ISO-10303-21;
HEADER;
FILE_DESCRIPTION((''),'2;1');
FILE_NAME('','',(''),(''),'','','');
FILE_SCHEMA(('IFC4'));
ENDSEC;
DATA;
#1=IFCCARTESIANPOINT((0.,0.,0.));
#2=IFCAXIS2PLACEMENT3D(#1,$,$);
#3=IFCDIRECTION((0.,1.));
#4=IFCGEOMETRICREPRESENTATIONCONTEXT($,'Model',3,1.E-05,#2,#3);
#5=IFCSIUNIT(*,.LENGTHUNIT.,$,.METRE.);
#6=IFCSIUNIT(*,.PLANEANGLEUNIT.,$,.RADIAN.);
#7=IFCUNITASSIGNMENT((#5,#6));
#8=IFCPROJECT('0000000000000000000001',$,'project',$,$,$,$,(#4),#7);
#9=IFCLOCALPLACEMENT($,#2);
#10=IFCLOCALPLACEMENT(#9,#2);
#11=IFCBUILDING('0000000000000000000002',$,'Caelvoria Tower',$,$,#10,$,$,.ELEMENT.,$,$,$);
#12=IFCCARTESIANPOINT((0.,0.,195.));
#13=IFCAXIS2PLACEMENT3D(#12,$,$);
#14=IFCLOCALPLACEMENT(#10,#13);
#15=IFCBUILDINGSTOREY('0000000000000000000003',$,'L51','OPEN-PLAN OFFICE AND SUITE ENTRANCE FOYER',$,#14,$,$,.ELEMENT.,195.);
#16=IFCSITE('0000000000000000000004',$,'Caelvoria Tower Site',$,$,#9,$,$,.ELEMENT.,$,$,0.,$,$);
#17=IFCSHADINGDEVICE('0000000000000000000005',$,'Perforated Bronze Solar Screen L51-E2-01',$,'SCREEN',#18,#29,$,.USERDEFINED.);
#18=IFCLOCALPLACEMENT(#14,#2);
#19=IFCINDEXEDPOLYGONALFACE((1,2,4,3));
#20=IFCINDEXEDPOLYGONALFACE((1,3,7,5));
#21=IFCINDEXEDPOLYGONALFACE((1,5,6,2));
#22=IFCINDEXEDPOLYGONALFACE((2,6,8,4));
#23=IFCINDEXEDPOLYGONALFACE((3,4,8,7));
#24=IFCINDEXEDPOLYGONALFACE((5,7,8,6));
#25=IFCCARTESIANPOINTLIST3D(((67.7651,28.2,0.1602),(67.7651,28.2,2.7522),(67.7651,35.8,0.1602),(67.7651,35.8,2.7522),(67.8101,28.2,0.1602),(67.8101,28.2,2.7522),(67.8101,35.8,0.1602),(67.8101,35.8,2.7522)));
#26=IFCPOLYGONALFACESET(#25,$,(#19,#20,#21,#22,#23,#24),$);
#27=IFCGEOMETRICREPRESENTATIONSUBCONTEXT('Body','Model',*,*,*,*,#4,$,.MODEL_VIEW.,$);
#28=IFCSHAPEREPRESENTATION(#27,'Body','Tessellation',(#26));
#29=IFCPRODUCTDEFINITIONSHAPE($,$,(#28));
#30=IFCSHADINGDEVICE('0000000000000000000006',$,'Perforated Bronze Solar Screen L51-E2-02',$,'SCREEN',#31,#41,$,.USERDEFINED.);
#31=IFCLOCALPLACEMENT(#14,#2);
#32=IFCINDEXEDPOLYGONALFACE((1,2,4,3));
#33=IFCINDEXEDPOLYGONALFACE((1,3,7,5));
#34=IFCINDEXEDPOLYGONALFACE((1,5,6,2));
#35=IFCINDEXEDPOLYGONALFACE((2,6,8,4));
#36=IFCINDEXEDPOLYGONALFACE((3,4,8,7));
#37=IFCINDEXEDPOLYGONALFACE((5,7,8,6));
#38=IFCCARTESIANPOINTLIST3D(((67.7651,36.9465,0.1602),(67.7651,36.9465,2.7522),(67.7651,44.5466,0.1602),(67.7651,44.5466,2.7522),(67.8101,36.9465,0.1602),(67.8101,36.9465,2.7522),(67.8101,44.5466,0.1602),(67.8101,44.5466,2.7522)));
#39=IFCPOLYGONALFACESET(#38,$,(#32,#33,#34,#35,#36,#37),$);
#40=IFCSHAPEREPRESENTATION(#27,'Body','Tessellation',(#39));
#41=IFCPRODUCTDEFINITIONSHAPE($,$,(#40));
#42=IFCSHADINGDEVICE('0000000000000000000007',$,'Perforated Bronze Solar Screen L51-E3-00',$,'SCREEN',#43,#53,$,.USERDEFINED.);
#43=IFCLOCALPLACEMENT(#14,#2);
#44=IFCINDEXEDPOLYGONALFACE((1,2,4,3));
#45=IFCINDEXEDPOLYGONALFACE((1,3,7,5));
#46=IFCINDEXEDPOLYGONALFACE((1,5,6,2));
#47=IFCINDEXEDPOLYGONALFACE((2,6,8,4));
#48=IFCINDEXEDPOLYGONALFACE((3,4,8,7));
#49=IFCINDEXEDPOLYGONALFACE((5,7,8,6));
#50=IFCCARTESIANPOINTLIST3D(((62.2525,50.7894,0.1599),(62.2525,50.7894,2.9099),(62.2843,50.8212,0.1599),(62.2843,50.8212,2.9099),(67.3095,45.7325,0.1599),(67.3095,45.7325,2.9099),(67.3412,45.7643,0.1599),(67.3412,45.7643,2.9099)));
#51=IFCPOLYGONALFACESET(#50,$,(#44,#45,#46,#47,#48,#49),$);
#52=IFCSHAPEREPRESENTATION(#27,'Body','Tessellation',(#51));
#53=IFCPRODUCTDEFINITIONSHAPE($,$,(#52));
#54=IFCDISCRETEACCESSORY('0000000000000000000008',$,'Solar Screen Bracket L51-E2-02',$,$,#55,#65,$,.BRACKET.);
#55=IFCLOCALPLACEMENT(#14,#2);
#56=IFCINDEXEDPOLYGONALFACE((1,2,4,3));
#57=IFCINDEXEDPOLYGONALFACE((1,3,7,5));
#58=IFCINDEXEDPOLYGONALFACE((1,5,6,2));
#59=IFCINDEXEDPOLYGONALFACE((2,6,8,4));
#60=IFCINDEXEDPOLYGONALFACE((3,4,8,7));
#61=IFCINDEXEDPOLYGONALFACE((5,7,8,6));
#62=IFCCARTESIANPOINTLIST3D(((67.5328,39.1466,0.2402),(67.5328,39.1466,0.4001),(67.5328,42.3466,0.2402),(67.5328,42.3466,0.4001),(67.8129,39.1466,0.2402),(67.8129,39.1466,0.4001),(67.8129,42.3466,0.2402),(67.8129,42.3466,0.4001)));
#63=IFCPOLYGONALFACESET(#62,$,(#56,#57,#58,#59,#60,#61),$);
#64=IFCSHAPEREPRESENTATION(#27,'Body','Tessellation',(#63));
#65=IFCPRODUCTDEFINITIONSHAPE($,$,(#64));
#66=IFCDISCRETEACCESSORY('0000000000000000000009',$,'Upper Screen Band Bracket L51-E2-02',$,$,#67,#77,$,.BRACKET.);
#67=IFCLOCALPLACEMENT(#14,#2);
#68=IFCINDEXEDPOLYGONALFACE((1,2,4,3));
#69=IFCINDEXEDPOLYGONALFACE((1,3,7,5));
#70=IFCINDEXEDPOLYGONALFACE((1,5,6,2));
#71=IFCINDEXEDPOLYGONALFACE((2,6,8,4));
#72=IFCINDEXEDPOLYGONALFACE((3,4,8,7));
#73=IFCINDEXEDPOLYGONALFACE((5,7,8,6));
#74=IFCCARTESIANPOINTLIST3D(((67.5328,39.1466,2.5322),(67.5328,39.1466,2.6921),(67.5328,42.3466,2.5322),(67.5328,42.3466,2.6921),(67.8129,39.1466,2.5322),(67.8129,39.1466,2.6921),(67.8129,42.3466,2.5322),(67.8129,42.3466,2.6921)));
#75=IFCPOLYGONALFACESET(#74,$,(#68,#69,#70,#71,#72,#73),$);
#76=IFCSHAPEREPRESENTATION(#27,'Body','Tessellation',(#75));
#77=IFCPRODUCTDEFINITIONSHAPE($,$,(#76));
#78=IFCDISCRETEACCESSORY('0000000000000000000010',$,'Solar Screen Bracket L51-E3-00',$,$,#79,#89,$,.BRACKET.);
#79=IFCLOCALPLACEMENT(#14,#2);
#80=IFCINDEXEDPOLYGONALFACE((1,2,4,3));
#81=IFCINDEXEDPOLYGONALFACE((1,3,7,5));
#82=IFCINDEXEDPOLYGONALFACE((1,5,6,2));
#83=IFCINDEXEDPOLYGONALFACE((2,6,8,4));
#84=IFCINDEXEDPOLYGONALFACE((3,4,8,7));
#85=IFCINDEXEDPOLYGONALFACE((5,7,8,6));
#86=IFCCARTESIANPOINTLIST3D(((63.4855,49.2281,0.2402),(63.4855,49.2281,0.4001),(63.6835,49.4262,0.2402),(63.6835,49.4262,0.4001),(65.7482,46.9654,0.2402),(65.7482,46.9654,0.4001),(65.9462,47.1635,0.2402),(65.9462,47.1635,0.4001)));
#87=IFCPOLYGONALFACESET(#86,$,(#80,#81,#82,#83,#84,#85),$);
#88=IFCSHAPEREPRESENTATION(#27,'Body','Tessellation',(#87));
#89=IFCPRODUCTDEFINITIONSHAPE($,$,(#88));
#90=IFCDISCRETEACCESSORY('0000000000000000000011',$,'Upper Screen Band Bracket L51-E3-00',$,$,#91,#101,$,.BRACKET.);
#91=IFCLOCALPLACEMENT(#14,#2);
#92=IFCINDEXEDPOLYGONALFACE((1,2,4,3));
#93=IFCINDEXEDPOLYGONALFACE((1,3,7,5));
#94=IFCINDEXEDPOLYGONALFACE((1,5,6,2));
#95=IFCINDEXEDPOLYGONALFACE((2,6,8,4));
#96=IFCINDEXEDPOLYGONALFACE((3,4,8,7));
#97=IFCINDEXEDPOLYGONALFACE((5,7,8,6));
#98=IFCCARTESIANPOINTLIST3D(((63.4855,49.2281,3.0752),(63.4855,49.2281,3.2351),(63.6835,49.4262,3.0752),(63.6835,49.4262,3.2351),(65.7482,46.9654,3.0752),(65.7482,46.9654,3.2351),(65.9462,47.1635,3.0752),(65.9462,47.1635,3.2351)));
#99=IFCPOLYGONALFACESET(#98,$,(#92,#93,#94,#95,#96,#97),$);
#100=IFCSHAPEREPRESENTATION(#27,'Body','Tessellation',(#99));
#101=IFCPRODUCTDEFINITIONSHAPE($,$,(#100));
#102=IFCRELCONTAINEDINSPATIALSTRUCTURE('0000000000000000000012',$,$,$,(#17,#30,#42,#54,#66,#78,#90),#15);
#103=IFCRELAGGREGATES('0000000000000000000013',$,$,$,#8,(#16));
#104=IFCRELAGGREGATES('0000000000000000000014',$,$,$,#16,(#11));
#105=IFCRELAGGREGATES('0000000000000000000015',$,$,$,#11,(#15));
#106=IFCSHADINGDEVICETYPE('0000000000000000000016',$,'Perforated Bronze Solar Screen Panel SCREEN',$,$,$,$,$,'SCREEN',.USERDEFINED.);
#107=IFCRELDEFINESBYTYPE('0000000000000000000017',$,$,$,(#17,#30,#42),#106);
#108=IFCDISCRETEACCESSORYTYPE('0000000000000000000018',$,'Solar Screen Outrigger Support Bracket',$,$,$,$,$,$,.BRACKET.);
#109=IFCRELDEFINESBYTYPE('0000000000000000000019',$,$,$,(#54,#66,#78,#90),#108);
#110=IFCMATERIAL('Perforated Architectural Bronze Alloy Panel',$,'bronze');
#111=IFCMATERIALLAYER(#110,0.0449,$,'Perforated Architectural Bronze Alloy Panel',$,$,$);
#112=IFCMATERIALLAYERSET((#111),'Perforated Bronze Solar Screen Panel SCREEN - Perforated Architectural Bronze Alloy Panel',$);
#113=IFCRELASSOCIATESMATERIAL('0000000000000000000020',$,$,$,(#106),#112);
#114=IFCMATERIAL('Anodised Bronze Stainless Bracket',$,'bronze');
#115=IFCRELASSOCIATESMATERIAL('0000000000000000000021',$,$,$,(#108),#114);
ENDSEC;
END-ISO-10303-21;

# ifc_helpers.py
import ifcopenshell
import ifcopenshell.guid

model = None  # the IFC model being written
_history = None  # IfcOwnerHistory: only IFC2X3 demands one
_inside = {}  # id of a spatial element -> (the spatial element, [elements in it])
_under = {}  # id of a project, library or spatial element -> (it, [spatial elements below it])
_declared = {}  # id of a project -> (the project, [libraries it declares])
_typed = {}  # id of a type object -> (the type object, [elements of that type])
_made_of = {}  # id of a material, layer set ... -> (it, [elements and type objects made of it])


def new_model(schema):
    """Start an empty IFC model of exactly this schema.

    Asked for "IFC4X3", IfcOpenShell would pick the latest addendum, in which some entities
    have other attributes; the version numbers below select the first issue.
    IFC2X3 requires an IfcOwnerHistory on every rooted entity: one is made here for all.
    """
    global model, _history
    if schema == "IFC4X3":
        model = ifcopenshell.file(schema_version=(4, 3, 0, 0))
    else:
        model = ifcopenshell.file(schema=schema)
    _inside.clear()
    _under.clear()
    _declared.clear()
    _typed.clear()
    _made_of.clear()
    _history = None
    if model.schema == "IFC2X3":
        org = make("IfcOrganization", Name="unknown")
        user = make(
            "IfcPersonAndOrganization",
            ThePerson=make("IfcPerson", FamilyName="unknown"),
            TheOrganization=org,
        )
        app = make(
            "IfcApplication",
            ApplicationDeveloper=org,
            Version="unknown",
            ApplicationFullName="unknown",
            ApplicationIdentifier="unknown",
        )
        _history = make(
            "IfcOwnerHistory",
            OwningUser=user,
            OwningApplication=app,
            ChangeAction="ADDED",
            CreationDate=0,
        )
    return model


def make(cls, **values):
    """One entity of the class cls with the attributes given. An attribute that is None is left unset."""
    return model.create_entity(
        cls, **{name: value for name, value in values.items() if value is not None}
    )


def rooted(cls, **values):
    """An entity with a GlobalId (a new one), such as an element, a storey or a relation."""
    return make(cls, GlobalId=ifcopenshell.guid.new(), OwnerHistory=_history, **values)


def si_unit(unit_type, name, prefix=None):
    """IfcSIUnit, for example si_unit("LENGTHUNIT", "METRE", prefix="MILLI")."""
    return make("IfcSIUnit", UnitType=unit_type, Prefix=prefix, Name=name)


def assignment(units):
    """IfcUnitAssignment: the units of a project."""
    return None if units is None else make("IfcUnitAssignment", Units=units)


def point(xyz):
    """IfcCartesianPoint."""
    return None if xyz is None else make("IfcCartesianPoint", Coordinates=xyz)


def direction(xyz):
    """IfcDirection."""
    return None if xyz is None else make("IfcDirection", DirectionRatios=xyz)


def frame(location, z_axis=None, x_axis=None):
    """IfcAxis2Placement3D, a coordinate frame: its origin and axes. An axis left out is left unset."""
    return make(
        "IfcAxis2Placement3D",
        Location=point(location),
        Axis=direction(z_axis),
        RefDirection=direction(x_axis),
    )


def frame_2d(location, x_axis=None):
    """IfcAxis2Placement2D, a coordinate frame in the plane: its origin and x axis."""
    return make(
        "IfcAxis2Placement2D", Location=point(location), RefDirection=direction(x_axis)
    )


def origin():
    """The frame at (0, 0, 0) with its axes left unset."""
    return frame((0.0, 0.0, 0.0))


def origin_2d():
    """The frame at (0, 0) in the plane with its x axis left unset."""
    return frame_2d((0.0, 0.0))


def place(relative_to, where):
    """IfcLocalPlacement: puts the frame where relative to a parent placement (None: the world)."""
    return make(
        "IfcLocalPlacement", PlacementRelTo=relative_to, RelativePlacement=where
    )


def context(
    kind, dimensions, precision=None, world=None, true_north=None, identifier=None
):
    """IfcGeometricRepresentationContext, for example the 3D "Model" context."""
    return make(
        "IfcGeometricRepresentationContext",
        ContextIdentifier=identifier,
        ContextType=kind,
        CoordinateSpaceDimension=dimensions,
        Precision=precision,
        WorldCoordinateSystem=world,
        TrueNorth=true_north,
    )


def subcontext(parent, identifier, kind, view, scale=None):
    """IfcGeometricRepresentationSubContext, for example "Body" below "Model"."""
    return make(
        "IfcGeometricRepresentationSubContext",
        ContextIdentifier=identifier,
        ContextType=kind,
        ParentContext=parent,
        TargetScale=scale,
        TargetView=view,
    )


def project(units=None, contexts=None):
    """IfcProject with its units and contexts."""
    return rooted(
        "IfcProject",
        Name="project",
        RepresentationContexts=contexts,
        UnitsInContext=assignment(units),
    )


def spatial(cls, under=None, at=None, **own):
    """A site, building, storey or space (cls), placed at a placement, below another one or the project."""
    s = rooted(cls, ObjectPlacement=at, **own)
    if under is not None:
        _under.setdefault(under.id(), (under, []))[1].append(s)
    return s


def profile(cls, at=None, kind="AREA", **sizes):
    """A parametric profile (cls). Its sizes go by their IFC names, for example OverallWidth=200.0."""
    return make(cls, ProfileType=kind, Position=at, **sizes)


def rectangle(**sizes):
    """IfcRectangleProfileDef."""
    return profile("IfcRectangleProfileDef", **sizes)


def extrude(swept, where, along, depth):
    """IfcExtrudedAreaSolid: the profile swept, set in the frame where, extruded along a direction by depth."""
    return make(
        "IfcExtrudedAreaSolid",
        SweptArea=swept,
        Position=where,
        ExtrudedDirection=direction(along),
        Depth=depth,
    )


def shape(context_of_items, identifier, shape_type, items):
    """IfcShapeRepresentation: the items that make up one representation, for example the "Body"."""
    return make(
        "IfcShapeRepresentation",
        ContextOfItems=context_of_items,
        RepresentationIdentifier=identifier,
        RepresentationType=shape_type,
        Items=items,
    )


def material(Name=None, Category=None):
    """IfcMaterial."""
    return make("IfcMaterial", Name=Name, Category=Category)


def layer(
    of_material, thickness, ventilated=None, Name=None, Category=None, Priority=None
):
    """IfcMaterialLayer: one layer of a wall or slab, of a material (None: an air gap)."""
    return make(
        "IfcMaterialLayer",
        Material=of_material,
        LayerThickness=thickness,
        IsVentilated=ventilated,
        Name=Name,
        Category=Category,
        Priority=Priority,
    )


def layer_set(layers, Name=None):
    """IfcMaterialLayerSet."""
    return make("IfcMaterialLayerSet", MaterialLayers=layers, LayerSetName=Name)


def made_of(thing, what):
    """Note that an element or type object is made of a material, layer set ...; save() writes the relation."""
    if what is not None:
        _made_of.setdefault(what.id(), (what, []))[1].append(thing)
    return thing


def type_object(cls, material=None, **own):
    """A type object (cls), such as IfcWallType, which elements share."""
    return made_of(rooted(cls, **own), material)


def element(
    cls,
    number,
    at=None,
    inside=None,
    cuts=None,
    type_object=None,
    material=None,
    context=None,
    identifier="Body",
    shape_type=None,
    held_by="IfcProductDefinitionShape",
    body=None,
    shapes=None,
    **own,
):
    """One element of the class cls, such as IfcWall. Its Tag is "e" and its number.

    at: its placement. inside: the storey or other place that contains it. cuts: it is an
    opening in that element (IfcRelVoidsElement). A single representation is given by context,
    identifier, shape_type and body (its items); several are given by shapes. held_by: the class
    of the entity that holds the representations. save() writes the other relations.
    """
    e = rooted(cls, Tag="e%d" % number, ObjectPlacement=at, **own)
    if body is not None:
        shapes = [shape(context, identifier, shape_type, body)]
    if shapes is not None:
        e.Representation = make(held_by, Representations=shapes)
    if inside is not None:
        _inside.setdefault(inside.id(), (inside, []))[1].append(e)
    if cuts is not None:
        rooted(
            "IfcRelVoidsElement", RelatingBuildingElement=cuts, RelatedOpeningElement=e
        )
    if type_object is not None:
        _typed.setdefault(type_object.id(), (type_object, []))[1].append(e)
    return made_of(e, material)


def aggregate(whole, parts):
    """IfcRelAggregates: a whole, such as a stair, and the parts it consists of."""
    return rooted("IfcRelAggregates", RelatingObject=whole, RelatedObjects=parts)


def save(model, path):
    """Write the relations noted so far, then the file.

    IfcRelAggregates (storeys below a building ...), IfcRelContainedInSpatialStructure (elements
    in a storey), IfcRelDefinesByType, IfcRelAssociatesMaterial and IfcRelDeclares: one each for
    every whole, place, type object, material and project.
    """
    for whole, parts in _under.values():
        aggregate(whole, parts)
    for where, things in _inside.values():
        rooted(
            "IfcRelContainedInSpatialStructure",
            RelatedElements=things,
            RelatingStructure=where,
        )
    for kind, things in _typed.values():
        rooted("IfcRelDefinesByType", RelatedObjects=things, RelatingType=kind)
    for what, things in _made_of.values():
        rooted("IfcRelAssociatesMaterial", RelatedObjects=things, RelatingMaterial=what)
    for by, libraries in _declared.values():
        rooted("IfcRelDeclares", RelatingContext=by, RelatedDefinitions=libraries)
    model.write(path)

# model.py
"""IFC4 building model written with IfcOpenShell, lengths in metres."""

from ifc_helpers import new_model, si_unit, direction, frame, origin, origin_2d, place, context, subcontext, project, spatial, rectangle, extrude, material, layer, layer_set, type_object, element, save


model = new_model("IFC4")

# Units and contexts
model_context = context("Model", 3, precision=1e-05, world=origin(), true_north=direction((0.0, 1.0)))
body_context = subcontext(model_context, "Body", "Model", "MODEL_VIEW")
ifc_project = project(units=[si_unit("LENGTHUNIT", "METRE"), si_unit("PLANEANGLEUNIT", "RADIAN")], contexts=[model_context])

# Site, building, storey
site_placement = place(None, origin())
site = spatial("IfcSite", under=ifc_project, at=site_placement, Name="Caelvoria Tower Site", CompositionType="ELEMENT", RefElevation=0.0)
building_placement = place(site_placement, origin())
building = spatial("IfcBuilding", under=site, at=building_placement, Name="Caelvoria Tower", CompositionType="ELEMENT")
storey_placement = place(building_placement, frame((0.0, 0.0, 195.0)))
storey = spatial("IfcBuildingStorey", under=building, at=storey_placement, Name="L51", Description="OPEN-PLAN OFFICE AND SUITE ENTRANCE FOYER", CompositionType="ELEMENT", Elevation=195.0)

# Shading devices
ifc_material_1 = material(Name="Perforated Architectural Bronze Alloy Panel", Category="bronze")
ifc_layer_1 = layer(ifc_material_1, 0.0449, Name="Perforated Architectural Bronze Alloy Panel")
ifc_layer_set_1 = layer_set([ifc_layer_1], Name="Perforated Bronze Solar Screen Panel SCREEN - Perforated Architectural Bronze Alloy Panel")
shading_device_type = type_object("IfcShadingDeviceType", Name="Perforated Bronze Solar Screen Panel SCREEN", ElementType="SCREEN", PredefinedType="USERDEFINED", material=ifc_layer_set_1)
for number, where, z_axis, x_axis, name in (
    (1, (67.7876, 32.0, 0.1602), (0.0, 0.0, 1.0), (0.0, 1.0, 0.0), "Perforated Bronze Solar Screen L51-E2-01"),
    (2, (67.7876, 40.7466, 0.1602), (0.0, 0.0, 1.0), (0.0, 1.0, 0.0), "Perforated Bronze Solar Screen L51-E2-02"),
):
    element("IfcShadingDevice", number, at=place(storey_placement, frame(where, z_axis=z_axis, x_axis=x_axis)), inside=storey, type_object=shading_device_type, Name=name, ObjectType="SCREEN", PredefinedType="USERDEFINED", context=body_context, shape_type="SweptSolid", body=[
        extrude(rectangle(XDim=7.6001, YDim=0.0449, at=origin_2d()), origin(), (0.0, 0.0, 1.0), 2.592),
    ])
shading_device_placement = place(storey_placement, frame((64.7969, 48.2769, 0.1599), z_axis=(0.0, 0.0, 1.0), x_axis=(-0.707107, 0.707107, 0.0)))
element("IfcShadingDevice", 3, at=shading_device_placement, inside=storey, type_object=shading_device_type, Name="Perforated Bronze Solar Screen L51-E3-00", ObjectType="SCREEN", PredefinedType="USERDEFINED", context=body_context, shape_type="SweptSolid", body=[
    extrude(rectangle(XDim=7.1516, YDim=0.0449, at=origin_2d()), origin(), (0.0, 0.0, 1.0), 2.75),
])

# Discrete accessories
ifc_material_2 = material(Name="Anodised Bronze Stainless Bracket", Category="bronze")
discrete_accessory_type = type_object("IfcDiscreteAccessoryType", Name="Solar Screen Outrigger Support Bracket", PredefinedType="BRACKET", material=ifc_material_2)
for number, where, z_axis, x_axis, name in (
    (4, (67.6729, 40.7466, 0.2402), (0.0, 0.0, 1.0), (0.0, 1.0, 0.0), "Solar Screen Bracket L51-E2-02"),
    (5, (67.6729, 40.7466, 2.5322), (0.0, 0.0, 1.0), (0.0, 1.0, 0.0), "Upper Screen Band Bracket L51-E2-02"),
    (6, (64.7158, 48.1958, 0.2402), (0.0, 0.0, 1.0), (-0.707107, 0.707107, 0.0), "Solar Screen Bracket L51-E3-00"),
    (7, (64.7158, 48.1958, 3.0752), (0.0, 0.0, 1.0), (-0.707107, 0.707107, 0.0), "Upper Screen Band Bracket L51-E3-00"),
):
    element("IfcDiscreteAccessory", number, at=place(storey_placement, frame(where, z_axis=z_axis, x_axis=x_axis)), inside=storey, type_object=discrete_accessory_type, Name=name, PredefinedType="BRACKET", context=body_context, shape_type="SweptSolid", body=[
        extrude(rectangle(XDim=3.2, YDim=0.28, at=origin_2d()), origin(), (0.0, 0.0, 1.0), 0.1599),
    ])

save(model, "model.ifc")
